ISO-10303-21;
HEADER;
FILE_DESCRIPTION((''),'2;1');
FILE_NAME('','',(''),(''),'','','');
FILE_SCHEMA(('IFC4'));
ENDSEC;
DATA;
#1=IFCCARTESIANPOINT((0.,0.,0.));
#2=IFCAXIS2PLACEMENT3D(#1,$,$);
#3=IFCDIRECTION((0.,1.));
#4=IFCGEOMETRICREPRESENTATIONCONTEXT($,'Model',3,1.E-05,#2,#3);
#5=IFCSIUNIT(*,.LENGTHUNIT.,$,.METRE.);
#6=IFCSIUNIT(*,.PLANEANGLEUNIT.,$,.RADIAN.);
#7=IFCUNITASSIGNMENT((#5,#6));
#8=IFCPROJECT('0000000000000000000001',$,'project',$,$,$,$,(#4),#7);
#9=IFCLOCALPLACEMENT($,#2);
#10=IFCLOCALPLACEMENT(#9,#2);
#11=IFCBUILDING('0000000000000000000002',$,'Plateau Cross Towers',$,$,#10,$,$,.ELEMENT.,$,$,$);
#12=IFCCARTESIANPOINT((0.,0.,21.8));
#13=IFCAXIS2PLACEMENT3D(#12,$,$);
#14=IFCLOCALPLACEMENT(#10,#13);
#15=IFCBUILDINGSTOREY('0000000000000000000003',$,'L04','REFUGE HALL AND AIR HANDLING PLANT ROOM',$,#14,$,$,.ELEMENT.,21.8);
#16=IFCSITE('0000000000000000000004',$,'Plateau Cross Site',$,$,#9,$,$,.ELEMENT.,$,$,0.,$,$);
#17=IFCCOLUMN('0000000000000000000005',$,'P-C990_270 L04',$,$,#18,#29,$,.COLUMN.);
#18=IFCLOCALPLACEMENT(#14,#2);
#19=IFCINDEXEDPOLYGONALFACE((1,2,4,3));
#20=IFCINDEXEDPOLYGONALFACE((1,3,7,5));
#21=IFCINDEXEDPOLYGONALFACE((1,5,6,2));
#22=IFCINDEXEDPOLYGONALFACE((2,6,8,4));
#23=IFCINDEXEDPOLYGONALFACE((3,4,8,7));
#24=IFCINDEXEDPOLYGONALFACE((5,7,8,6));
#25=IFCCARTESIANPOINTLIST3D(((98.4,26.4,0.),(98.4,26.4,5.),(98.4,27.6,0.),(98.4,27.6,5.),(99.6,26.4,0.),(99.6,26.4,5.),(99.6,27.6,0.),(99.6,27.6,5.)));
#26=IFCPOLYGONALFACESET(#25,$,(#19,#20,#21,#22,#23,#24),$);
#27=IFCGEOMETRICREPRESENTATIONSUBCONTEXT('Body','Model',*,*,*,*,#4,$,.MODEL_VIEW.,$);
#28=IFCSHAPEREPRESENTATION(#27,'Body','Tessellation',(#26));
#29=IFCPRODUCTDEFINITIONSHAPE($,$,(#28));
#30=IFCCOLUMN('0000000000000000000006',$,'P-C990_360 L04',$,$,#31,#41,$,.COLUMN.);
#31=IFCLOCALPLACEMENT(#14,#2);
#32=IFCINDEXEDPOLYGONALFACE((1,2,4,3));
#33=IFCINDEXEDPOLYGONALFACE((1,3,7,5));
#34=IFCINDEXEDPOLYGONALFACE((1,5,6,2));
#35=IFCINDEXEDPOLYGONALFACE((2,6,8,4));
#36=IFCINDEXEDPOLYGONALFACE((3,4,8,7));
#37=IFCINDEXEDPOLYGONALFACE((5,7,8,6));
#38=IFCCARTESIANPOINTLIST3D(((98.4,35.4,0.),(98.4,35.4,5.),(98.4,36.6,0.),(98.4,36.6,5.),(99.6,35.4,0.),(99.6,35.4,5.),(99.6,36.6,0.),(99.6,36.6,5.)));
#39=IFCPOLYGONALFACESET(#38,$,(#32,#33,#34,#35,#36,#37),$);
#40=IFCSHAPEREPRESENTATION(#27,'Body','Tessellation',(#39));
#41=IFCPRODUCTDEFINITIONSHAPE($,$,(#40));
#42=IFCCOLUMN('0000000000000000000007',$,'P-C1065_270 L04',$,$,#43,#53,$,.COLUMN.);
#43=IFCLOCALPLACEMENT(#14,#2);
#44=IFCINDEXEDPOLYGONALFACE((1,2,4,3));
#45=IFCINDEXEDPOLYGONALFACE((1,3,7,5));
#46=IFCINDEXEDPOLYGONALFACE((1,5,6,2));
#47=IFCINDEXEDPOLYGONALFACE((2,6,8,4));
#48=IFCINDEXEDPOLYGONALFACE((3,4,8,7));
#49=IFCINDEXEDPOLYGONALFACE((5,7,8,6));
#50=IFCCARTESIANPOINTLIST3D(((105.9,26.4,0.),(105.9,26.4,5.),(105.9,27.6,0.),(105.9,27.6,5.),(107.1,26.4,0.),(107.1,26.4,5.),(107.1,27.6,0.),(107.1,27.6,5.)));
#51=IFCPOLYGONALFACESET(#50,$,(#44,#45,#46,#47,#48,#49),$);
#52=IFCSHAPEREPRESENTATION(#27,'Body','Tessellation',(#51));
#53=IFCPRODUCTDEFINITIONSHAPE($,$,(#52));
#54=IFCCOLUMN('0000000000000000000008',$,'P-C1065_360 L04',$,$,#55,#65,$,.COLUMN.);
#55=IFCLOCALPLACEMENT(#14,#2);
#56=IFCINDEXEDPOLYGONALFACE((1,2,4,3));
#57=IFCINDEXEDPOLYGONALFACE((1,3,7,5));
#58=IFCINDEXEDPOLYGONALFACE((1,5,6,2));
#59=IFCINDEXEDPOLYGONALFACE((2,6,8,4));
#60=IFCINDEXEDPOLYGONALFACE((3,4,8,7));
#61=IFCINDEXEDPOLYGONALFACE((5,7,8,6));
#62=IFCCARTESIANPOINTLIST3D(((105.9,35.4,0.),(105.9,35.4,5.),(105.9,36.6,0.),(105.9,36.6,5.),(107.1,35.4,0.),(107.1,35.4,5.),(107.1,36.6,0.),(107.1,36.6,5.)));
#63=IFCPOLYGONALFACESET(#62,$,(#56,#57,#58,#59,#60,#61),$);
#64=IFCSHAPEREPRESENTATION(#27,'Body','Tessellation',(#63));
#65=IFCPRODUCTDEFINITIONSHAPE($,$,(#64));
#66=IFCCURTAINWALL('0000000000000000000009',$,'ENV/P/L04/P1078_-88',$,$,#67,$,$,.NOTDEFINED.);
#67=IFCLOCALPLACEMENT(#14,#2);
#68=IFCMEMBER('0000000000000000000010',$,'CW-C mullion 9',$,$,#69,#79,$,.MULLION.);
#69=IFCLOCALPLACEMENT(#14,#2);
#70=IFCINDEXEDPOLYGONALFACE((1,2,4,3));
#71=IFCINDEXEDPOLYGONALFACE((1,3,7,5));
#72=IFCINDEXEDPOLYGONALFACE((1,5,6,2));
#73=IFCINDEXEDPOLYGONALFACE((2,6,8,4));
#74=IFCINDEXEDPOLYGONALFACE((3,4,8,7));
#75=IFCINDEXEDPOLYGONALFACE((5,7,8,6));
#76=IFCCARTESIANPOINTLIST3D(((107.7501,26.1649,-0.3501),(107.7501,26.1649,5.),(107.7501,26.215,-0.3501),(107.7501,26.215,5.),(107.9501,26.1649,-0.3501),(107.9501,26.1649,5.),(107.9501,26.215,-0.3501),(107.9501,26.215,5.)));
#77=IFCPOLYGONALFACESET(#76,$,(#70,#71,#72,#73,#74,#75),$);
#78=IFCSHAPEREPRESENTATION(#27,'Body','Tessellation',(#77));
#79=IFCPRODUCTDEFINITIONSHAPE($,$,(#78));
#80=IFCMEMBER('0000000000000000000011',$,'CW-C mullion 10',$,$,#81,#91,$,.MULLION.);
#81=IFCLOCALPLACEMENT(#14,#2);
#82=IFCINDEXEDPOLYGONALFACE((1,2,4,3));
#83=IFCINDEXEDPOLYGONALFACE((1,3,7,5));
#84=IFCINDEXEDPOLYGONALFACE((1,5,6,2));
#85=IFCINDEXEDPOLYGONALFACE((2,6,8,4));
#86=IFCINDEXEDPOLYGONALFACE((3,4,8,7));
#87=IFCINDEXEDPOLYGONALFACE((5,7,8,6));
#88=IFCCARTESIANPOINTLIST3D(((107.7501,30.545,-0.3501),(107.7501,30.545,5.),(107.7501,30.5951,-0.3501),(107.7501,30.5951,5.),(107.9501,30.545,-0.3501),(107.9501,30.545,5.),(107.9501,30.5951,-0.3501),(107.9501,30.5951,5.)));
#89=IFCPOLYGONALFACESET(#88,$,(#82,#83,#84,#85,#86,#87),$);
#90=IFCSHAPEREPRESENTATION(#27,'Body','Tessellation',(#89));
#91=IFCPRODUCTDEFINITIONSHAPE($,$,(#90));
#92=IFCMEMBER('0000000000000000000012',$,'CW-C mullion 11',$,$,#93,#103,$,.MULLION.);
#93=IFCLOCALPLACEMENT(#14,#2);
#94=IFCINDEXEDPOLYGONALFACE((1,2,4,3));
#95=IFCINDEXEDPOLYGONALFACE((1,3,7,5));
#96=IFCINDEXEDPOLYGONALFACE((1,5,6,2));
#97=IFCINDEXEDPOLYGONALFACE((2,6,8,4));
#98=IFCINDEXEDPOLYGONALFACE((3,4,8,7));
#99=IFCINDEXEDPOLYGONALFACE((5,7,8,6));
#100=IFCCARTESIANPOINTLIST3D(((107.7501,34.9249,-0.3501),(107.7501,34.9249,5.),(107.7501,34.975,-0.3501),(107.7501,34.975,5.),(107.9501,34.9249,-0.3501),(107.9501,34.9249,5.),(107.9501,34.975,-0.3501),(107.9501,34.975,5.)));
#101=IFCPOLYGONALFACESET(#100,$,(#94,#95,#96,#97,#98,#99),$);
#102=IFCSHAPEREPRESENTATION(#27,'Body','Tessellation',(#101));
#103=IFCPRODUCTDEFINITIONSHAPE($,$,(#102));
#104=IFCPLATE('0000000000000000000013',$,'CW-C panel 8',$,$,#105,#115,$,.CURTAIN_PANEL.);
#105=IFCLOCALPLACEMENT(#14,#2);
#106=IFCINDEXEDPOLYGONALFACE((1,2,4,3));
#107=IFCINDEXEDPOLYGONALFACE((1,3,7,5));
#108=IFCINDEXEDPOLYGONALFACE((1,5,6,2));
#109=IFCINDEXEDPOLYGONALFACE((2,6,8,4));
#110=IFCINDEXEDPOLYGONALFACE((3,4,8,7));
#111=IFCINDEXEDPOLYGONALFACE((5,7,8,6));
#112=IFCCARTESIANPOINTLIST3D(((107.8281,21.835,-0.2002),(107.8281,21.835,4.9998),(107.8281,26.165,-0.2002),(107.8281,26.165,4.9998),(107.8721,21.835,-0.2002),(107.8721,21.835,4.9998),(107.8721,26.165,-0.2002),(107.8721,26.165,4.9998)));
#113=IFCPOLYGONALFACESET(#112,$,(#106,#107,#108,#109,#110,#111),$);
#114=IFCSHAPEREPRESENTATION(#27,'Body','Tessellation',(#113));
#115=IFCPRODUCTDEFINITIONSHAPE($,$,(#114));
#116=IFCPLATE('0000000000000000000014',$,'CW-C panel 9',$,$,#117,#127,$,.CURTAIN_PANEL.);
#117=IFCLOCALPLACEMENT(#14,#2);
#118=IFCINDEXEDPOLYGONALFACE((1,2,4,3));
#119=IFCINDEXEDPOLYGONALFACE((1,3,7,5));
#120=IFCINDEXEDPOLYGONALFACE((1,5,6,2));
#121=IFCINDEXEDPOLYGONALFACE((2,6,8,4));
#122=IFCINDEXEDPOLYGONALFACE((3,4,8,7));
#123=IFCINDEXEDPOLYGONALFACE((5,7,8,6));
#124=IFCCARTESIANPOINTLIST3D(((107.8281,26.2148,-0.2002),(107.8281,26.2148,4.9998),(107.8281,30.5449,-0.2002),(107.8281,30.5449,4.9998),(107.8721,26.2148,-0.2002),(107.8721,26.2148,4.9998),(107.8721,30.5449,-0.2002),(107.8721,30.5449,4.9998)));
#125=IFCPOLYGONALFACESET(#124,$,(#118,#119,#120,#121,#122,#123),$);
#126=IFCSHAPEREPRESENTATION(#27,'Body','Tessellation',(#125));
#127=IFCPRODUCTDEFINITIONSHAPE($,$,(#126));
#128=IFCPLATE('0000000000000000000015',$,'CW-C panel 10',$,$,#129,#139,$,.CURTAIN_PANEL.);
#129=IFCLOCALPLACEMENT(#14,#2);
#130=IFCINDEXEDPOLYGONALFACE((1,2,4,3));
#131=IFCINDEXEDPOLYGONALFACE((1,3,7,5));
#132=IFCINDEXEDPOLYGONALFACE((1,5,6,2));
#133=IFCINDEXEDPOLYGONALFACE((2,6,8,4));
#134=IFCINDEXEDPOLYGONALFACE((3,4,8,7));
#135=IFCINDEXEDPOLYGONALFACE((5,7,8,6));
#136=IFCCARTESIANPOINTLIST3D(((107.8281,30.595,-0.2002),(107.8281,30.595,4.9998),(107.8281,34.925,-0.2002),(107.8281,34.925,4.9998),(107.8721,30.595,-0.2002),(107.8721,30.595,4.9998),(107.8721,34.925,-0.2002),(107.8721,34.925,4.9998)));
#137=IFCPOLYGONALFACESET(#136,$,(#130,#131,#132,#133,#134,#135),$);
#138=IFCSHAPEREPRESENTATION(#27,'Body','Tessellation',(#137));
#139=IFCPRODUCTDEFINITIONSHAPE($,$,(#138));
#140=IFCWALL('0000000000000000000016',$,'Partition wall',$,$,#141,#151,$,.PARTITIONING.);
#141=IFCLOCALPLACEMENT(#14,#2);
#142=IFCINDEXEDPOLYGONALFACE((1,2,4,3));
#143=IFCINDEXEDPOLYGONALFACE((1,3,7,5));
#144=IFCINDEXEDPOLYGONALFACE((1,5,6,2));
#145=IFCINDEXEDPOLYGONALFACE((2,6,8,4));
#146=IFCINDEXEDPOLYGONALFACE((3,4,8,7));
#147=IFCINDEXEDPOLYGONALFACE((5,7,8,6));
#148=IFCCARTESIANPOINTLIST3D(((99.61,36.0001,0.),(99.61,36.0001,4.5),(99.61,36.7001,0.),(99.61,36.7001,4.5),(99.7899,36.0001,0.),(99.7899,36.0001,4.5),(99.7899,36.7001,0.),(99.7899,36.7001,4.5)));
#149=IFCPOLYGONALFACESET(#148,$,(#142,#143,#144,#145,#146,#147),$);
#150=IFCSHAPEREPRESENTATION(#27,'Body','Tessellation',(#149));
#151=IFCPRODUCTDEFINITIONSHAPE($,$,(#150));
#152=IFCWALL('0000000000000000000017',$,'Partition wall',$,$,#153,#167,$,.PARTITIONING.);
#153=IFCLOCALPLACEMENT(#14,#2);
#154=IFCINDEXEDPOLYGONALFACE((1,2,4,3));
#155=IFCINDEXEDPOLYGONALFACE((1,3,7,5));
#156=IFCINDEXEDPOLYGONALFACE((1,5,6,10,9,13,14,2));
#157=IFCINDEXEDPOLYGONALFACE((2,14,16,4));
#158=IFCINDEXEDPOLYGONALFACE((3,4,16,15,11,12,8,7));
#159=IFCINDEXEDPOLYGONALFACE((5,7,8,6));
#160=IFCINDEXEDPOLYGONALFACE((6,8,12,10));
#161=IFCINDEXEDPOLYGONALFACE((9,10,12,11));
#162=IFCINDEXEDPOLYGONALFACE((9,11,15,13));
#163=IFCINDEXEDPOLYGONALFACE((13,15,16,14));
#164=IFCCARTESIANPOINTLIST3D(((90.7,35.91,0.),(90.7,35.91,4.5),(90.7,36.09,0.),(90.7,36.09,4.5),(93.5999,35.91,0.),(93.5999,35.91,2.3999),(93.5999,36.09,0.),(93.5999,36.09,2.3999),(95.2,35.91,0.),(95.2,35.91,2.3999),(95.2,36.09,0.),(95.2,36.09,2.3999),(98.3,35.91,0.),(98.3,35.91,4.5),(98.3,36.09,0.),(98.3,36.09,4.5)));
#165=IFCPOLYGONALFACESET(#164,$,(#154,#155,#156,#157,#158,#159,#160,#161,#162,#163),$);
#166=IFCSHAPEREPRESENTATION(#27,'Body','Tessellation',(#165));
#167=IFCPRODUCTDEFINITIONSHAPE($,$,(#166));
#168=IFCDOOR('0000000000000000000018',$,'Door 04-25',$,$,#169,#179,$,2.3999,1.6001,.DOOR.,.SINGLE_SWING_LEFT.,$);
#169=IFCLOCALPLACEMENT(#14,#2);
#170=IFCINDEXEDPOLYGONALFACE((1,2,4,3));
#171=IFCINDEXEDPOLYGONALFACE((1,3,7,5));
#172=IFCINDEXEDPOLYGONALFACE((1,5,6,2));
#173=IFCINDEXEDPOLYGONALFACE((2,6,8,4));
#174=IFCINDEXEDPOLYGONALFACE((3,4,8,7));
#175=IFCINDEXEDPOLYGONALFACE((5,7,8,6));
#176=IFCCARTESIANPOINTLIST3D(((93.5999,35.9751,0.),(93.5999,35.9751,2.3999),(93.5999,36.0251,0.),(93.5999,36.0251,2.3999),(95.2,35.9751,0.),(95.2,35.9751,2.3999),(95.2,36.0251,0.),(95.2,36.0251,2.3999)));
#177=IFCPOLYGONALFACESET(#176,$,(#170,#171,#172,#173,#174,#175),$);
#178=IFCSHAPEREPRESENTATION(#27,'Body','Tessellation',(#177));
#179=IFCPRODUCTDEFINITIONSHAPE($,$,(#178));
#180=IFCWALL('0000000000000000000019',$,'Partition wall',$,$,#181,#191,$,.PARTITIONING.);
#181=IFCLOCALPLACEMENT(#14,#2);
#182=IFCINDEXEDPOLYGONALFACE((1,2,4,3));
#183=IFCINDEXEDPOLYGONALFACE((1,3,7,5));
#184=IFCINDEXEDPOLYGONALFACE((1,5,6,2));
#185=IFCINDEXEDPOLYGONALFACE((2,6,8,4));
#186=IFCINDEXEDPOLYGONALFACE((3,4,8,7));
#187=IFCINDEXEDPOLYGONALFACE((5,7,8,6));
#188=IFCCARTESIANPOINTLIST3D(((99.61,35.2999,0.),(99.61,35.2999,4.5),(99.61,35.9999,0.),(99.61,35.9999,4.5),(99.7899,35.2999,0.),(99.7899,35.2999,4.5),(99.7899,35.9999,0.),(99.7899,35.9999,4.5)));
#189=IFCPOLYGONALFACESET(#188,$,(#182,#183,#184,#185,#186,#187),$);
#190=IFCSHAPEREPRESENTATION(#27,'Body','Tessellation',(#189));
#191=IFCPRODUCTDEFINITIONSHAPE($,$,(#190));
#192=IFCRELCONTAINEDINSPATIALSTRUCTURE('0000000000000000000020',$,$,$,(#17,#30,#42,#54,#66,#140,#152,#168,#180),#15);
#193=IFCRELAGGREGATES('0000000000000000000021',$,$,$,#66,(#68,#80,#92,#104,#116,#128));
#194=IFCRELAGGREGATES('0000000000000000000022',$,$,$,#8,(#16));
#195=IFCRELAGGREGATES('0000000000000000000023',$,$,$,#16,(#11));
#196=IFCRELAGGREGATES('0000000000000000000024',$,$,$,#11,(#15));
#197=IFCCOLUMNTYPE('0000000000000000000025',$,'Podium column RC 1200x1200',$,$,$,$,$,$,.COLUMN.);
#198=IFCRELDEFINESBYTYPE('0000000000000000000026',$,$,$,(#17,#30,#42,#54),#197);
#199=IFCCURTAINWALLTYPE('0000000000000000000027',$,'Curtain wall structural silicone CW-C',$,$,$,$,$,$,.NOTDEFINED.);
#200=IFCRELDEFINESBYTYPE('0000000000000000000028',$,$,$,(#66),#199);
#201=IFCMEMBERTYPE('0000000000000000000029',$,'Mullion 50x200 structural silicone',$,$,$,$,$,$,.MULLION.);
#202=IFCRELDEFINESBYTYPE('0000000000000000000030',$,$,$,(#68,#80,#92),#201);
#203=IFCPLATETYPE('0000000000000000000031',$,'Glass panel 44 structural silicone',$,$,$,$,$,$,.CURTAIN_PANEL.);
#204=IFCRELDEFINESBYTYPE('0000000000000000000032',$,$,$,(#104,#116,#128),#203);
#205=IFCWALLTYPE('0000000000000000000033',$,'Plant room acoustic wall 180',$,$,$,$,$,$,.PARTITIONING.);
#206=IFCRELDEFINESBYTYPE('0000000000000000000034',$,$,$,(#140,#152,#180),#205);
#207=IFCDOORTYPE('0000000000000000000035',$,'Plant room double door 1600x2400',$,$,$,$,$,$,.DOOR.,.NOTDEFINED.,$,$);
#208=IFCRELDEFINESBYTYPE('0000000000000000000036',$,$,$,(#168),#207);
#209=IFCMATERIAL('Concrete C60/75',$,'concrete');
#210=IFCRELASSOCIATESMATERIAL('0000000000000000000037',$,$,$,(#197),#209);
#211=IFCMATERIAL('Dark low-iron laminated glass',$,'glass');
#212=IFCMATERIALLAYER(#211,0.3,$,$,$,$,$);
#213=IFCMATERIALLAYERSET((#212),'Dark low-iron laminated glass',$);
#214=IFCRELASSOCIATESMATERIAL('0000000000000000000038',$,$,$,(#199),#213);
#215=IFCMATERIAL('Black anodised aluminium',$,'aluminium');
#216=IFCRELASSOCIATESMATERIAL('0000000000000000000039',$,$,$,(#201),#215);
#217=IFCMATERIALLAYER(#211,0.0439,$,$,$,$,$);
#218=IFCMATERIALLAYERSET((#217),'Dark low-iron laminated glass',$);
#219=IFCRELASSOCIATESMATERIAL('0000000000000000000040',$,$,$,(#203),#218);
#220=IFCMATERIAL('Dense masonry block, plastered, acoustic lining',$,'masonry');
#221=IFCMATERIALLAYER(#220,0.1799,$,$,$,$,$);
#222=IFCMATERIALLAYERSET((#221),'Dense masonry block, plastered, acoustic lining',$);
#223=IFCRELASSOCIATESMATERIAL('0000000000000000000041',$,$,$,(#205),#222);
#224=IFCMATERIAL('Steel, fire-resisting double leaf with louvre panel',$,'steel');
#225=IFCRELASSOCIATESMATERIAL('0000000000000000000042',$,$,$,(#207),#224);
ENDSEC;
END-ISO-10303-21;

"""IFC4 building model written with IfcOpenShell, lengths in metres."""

from ifc_helpers import new_model, si_unit, direction, frame, frame_2d, origin, origin_2d, place, context, subcontext, project, spatial, rectangle, extrude, material, layer, layer_set, material_profile, profile_set, type_object, element, fill, aggregate, save


model = new_model("IFC4")

# Units and contexts
model_context = context("Model", 3, precision=1e-05, world=origin(), true_north=direction((0.0, 1.0)))
body_context = subcontext(model_context, "Body", "Model", "MODEL_VIEW")
ifc_project = project(units=[si_unit("LENGTHUNIT", "METRE"), si_unit("PLANEANGLEUNIT", "RADIAN")], contexts=[model_context])

# Site, building, storey
site_placement = place(None, origin())
site = spatial("IfcSite", under=ifc_project, at=site_placement, Name="Plateau Cross Site", CompositionType="ELEMENT", RefElevation=0.0)
building_placement = place(site_placement, origin())
building = spatial("IfcBuilding", under=site, at=building_placement, Name="Plateau Cross Towers", CompositionType="ELEMENT")
storey_placement = place(building_placement, frame((0.0, 0.0, 21.8)))
storey = spatial("IfcBuildingStorey", under=building, at=storey_placement, Name="L04", Description="REFUGE HALL AND AIR HANDLING PLANT ROOM", CompositionType="ELEMENT", Elevation=21.8)

# Columns
ifc_material_1 = material(Name="Concrete C60/75", Category="concrete")
ifc_material_profile_1 = material_profile(ifc_material_1, rectangle(XDim=1.2, YDim=1.2, at=origin_2d()), Name="RC 1200x1200")
ifc_profile_set_1 = profile_set([ifc_material_profile_1], Name="Concrete C60/75")
column_type = type_object("IfcColumnType", Name="Podium column RC 1200x1200", PredefinedType="COLUMN", material=ifc_profile_set_1)
for number, where, z_axis, x_axis, name in (
    (1, (99.0, 27.0, 0.0), (0.0, 0.0, 1.0), (1.0, 0.0, 0.0), "P-C990_270 L04"),
    (2, (99.0, 36.0, 0.0), (0.0, 0.0, 1.0), (1.0, 0.0, 0.0), "P-C990_360 L04"),
    (3, (106.5, 27.0, 0.0), (0.0, 0.0, 1.0), (1.0, 0.0, 0.0), "P-C1065_270 L04"),
    (4, (106.5, 36.0, 0.0), (0.0, 0.0, 1.0), (1.0, 0.0, 0.0), "P-C1065_360 L04"),
):
    element("IfcColumn", number, at=place(storey_placement, frame(where, z_axis=z_axis, x_axis=x_axis)), inside=storey, type_object=column_type, Name=name, PredefinedType="COLUMN", context=body_context, shape_type="SweptSolid", body=[
        extrude(rectangle(XDim=1.2, YDim=1.2, at=origin_2d()), origin(), (0.0, 0.0, 1.0), 5.0),
    ])

# Curtain wall, members, plates
ifc_material_2 = material(Name="Dark low-iron laminated glass", Category="glass")
ifc_layer_1 = layer(ifc_material_2, 0.3)
ifc_layer_set_1 = layer_set([ifc_layer_1], Name="Dark low-iron laminated glass")
curtain_wall_type = type_object("IfcCurtainWallType", Name="Curtain wall structural silicone CW-C", PredefinedType="NOTDEFINED", material=ifc_layer_set_1)
curtain_wall_placement = place(storey_placement, origin())
curtain_wall = element("IfcCurtainWall", 5, at=curtain_wall_placement, inside=storey, type_object=curtain_wall_type, Name="ENV/P/L04/P1078_-88", PredefinedType="NOTDEFINED")
ifc_material_3 = material(Name="Black anodised aluminium", Category="aluminium")
ifc_material_profile_2 = material_profile(ifc_material_3, rectangle(XDim=0.05, YDim=0.2, at=origin_2d()), Name="MULLION 50x200")
ifc_profile_set_2 = profile_set([ifc_material_profile_2], Name="Black anodised aluminium")
member_type = type_object("IfcMemberType", Name="Mullion 50x200 structural silicone", PredefinedType="MULLION", material=ifc_profile_set_2)
member_1_placement = place(storey_placement, frame((107.8501, 26.1899, -0.3501), z_axis=(0.0, 0.0, 1.0), x_axis=(0.0, 1.0, 0.0)))
member_1 = element("IfcMember", 6, at=member_1_placement, type_object=member_type, Name="CW-C mullion 9", PredefinedType="MULLION", context=body_context, shape_type="SweptSolid", body=[
    extrude(rectangle(XDim=0.05, YDim=0.2, at=origin_2d()), origin(), (0.0, 0.0, 1.0), 5.3501),
])
member_2_placement = place(storey_placement, frame((107.8501, 30.5701, -0.3501), z_axis=(0.0, 0.0, 1.0), x_axis=(0.0, 1.0, 0.0)))
member_2 = element("IfcMember", 7, at=member_2_placement, type_object=member_type, Name="CW-C mullion 10", PredefinedType="MULLION", context=body_context, shape_type="SweptSolid", body=[
    extrude(rectangle(XDim=0.05, YDim=0.2, at=origin_2d()), origin(), (0.0, 0.0, 1.0), 5.3501),
])
member_3_placement = place(storey_placement, frame((107.8501, 34.95, -0.3501), z_axis=(0.0, 0.0, 1.0), x_axis=(0.0, 1.0, 0.0)))
member_3 = element("IfcMember", 8, at=member_3_placement, type_object=member_type, Name="CW-C mullion 11", PredefinedType="MULLION", context=body_context, shape_type="SweptSolid", body=[
    extrude(rectangle(XDim=0.05, YDim=0.2, at=origin_2d()), origin(), (0.0, 0.0, 1.0), 5.3501),
])
ifc_layer_2 = layer(ifc_material_2, 0.0439)
ifc_layer_set_2 = layer_set([ifc_layer_2], Name="Dark low-iron laminated glass")
plate_type = type_object("IfcPlateType", Name="Glass panel 44 structural silicone", PredefinedType="CURTAIN_PANEL", material=ifc_layer_set_2)
plate_1_placement = place(storey_placement, frame((107.8501, 24.0, -0.2002), z_axis=(0.0, 0.0, 1.0), x_axis=(0.0, 1.0, 0.0)))
plate_1 = element("IfcPlate", 9, at=plate_1_placement, type_object=plate_type, Name="CW-C panel 8", PredefinedType="CURTAIN_PANEL", context=body_context, shape_type="SweptSolid", body=[
    extrude(rectangle(XDim=4.3301, YDim=0.0439, at=origin_2d()), origin(), (0.0, 0.0, 1.0), 5.2),
])
plate_2_placement = place(storey_placement, frame((107.8501, 28.3799, -0.2002), z_axis=(0.0, 0.0, 1.0), x_axis=(0.0, 1.0, 0.0)))
plate_2 = element("IfcPlate", 10, at=plate_2_placement, type_object=plate_type, Name="CW-C panel 9", PredefinedType="CURTAIN_PANEL", context=body_context, shape_type="SweptSolid", body=[
    extrude(rectangle(XDim=4.3301, YDim=0.0439, at=origin_2d()), origin(), (0.0, 0.0, 1.0), 5.2),
])
plate_3_placement = place(storey_placement, frame((107.8501, 32.76, -0.2002), z_axis=(0.0, 0.0, 1.0), x_axis=(0.0, 1.0, 0.0)))
plate_3 = element("IfcPlate", 11, at=plate_3_placement, type_object=plate_type, Name="CW-C panel 10", PredefinedType="CURTAIN_PANEL", context=body_context, shape_type="SweptSolid", body=[
    extrude(rectangle(XDim=4.3301, YDim=0.0439, at=origin_2d()), origin(), (0.0, 0.0, 1.0), 5.2),
])
aggregate(curtain_wall, [member_1, member_2, member_3, plate_1, plate_2, plate_3])

# Wall
ifc_material_4 = material(Name="Dense masonry block, plastered, acoustic lining", Category="masonry")
ifc_layer_3 = layer(ifc_material_4, 0.1799)
ifc_layer_set_3 = layer_set([ifc_layer_3], Name="Dense masonry block, plastered, acoustic lining")
wall_type_1 = type_object("IfcWallType", Name="Plant room acoustic wall 180", PredefinedType="PARTITIONING", material=ifc_layer_set_3)
wall_1_placement = place(storey_placement, frame((99.7, 36.0, 0.0), z_axis=(0.0, 0.0, 1.0), x_axis=(0.0, 1.0, 0.0)))
element("IfcWall", 12, at=wall_1_placement, inside=storey, type_object=wall_type_1, Name="Partition wall", PredefinedType="PARTITIONING", context=body_context, shape_type="SweptSolid", body=[
    extrude(rectangle(XDim=0.7, YDim=0.1799, at=frame_2d((0.3501, 0.0))), origin(), (0.0, 0.0, 1.0), 4.5),
])

# Wall, opening, door
wall_2_placement = place(storey_placement, frame((98.3, 36.0, 0.0), z_axis=(0.0, 0.0, 1.0), x_axis=(-1.0, 0.0, 0.0)))
wall_2 = element("IfcWall", 13, at=wall_2_placement, inside=storey, type_object=wall_type_1, Name="Partition wall", PredefinedType="PARTITIONING", context=body_context, shape_type="SweptSolid", body=[
    extrude(rectangle(XDim=7.6001, YDim=0.1799, at=frame_2d((3.8, 0.0))), origin(), (0.0, 0.0, 1.0), 4.5),
])
opening_1_placement = place(wall_2_placement, frame((3.1001, 0.0, 0.0)))
opening_1 = element("IfcOpeningElement", 14, at=opening_1_placement, cuts=wall_2, PredefinedType="OPENING", context=body_context, shape_type="SweptSolid", body=[
    extrude(rectangle(XDim=1.6001, YDim=2.3999, at=frame_2d((0.8, 1.2))), frame((0.0, 0.0999, 0.0), z_axis=(0.0, -1.0, 0.0), x_axis=(1.0, 0.0, 0.0)), (0.0, 0.0, 1.0), 0.2),
])
ifc_material_5 = material(Name="Steel, fire-resisting double leaf with louvre panel", Category="steel")
door_type_1 = type_object("IfcDoorType", Name="Plant room double door 1600x2400", OperationType="NOTDEFINED", PredefinedType="DOOR", material=ifc_material_5)
door_1_placement = place(opening_1_placement, origin())
door_1 = element("IfcDoor", 15, at=door_1_placement, inside=storey, type_object=door_type_1, Name="Door 04-25", OperationType="SINGLE_SWING_LEFT", OverallHeight=2.3999, OverallWidth=1.6001, PredefinedType="DOOR", context=body_context, shape_type="SweptSolid", body=[
    extrude(rectangle(XDim=1.6001, YDim=2.3999, at=frame_2d((0.8, 1.2))), frame((0.0, 0.0249, 0.0), z_axis=(0.0, -1.0, 0.0), x_axis=(1.0, 0.0, 0.0)), (0.0, 0.0, 1.0), 0.05),
])
fill(opening_1, door_1)

# Wall
for number, where, z_axis, x_axis, name in (
    (16, (99.7, 36.0, 0.0), (0.0, 0.0, 1.0), (0.0, -1.0, 0.0), "Partition wall"),
):
    element("IfcWall", number, at=place(storey_placement, frame(where, z_axis=z_axis, x_axis=x_axis)), inside=storey, type_object=wall_type_1, Name=name, PredefinedType="PARTITIONING", context=body_context, shape_type="SweptSolid", body=[
        extrude(rectangle(XDim=0.7, YDim=0.1799, at=frame_2d((0.3501, 0.0))), origin(), (0.0, 0.0, 1.0), 4.5),
    ])

save(model, "model.ifc")
